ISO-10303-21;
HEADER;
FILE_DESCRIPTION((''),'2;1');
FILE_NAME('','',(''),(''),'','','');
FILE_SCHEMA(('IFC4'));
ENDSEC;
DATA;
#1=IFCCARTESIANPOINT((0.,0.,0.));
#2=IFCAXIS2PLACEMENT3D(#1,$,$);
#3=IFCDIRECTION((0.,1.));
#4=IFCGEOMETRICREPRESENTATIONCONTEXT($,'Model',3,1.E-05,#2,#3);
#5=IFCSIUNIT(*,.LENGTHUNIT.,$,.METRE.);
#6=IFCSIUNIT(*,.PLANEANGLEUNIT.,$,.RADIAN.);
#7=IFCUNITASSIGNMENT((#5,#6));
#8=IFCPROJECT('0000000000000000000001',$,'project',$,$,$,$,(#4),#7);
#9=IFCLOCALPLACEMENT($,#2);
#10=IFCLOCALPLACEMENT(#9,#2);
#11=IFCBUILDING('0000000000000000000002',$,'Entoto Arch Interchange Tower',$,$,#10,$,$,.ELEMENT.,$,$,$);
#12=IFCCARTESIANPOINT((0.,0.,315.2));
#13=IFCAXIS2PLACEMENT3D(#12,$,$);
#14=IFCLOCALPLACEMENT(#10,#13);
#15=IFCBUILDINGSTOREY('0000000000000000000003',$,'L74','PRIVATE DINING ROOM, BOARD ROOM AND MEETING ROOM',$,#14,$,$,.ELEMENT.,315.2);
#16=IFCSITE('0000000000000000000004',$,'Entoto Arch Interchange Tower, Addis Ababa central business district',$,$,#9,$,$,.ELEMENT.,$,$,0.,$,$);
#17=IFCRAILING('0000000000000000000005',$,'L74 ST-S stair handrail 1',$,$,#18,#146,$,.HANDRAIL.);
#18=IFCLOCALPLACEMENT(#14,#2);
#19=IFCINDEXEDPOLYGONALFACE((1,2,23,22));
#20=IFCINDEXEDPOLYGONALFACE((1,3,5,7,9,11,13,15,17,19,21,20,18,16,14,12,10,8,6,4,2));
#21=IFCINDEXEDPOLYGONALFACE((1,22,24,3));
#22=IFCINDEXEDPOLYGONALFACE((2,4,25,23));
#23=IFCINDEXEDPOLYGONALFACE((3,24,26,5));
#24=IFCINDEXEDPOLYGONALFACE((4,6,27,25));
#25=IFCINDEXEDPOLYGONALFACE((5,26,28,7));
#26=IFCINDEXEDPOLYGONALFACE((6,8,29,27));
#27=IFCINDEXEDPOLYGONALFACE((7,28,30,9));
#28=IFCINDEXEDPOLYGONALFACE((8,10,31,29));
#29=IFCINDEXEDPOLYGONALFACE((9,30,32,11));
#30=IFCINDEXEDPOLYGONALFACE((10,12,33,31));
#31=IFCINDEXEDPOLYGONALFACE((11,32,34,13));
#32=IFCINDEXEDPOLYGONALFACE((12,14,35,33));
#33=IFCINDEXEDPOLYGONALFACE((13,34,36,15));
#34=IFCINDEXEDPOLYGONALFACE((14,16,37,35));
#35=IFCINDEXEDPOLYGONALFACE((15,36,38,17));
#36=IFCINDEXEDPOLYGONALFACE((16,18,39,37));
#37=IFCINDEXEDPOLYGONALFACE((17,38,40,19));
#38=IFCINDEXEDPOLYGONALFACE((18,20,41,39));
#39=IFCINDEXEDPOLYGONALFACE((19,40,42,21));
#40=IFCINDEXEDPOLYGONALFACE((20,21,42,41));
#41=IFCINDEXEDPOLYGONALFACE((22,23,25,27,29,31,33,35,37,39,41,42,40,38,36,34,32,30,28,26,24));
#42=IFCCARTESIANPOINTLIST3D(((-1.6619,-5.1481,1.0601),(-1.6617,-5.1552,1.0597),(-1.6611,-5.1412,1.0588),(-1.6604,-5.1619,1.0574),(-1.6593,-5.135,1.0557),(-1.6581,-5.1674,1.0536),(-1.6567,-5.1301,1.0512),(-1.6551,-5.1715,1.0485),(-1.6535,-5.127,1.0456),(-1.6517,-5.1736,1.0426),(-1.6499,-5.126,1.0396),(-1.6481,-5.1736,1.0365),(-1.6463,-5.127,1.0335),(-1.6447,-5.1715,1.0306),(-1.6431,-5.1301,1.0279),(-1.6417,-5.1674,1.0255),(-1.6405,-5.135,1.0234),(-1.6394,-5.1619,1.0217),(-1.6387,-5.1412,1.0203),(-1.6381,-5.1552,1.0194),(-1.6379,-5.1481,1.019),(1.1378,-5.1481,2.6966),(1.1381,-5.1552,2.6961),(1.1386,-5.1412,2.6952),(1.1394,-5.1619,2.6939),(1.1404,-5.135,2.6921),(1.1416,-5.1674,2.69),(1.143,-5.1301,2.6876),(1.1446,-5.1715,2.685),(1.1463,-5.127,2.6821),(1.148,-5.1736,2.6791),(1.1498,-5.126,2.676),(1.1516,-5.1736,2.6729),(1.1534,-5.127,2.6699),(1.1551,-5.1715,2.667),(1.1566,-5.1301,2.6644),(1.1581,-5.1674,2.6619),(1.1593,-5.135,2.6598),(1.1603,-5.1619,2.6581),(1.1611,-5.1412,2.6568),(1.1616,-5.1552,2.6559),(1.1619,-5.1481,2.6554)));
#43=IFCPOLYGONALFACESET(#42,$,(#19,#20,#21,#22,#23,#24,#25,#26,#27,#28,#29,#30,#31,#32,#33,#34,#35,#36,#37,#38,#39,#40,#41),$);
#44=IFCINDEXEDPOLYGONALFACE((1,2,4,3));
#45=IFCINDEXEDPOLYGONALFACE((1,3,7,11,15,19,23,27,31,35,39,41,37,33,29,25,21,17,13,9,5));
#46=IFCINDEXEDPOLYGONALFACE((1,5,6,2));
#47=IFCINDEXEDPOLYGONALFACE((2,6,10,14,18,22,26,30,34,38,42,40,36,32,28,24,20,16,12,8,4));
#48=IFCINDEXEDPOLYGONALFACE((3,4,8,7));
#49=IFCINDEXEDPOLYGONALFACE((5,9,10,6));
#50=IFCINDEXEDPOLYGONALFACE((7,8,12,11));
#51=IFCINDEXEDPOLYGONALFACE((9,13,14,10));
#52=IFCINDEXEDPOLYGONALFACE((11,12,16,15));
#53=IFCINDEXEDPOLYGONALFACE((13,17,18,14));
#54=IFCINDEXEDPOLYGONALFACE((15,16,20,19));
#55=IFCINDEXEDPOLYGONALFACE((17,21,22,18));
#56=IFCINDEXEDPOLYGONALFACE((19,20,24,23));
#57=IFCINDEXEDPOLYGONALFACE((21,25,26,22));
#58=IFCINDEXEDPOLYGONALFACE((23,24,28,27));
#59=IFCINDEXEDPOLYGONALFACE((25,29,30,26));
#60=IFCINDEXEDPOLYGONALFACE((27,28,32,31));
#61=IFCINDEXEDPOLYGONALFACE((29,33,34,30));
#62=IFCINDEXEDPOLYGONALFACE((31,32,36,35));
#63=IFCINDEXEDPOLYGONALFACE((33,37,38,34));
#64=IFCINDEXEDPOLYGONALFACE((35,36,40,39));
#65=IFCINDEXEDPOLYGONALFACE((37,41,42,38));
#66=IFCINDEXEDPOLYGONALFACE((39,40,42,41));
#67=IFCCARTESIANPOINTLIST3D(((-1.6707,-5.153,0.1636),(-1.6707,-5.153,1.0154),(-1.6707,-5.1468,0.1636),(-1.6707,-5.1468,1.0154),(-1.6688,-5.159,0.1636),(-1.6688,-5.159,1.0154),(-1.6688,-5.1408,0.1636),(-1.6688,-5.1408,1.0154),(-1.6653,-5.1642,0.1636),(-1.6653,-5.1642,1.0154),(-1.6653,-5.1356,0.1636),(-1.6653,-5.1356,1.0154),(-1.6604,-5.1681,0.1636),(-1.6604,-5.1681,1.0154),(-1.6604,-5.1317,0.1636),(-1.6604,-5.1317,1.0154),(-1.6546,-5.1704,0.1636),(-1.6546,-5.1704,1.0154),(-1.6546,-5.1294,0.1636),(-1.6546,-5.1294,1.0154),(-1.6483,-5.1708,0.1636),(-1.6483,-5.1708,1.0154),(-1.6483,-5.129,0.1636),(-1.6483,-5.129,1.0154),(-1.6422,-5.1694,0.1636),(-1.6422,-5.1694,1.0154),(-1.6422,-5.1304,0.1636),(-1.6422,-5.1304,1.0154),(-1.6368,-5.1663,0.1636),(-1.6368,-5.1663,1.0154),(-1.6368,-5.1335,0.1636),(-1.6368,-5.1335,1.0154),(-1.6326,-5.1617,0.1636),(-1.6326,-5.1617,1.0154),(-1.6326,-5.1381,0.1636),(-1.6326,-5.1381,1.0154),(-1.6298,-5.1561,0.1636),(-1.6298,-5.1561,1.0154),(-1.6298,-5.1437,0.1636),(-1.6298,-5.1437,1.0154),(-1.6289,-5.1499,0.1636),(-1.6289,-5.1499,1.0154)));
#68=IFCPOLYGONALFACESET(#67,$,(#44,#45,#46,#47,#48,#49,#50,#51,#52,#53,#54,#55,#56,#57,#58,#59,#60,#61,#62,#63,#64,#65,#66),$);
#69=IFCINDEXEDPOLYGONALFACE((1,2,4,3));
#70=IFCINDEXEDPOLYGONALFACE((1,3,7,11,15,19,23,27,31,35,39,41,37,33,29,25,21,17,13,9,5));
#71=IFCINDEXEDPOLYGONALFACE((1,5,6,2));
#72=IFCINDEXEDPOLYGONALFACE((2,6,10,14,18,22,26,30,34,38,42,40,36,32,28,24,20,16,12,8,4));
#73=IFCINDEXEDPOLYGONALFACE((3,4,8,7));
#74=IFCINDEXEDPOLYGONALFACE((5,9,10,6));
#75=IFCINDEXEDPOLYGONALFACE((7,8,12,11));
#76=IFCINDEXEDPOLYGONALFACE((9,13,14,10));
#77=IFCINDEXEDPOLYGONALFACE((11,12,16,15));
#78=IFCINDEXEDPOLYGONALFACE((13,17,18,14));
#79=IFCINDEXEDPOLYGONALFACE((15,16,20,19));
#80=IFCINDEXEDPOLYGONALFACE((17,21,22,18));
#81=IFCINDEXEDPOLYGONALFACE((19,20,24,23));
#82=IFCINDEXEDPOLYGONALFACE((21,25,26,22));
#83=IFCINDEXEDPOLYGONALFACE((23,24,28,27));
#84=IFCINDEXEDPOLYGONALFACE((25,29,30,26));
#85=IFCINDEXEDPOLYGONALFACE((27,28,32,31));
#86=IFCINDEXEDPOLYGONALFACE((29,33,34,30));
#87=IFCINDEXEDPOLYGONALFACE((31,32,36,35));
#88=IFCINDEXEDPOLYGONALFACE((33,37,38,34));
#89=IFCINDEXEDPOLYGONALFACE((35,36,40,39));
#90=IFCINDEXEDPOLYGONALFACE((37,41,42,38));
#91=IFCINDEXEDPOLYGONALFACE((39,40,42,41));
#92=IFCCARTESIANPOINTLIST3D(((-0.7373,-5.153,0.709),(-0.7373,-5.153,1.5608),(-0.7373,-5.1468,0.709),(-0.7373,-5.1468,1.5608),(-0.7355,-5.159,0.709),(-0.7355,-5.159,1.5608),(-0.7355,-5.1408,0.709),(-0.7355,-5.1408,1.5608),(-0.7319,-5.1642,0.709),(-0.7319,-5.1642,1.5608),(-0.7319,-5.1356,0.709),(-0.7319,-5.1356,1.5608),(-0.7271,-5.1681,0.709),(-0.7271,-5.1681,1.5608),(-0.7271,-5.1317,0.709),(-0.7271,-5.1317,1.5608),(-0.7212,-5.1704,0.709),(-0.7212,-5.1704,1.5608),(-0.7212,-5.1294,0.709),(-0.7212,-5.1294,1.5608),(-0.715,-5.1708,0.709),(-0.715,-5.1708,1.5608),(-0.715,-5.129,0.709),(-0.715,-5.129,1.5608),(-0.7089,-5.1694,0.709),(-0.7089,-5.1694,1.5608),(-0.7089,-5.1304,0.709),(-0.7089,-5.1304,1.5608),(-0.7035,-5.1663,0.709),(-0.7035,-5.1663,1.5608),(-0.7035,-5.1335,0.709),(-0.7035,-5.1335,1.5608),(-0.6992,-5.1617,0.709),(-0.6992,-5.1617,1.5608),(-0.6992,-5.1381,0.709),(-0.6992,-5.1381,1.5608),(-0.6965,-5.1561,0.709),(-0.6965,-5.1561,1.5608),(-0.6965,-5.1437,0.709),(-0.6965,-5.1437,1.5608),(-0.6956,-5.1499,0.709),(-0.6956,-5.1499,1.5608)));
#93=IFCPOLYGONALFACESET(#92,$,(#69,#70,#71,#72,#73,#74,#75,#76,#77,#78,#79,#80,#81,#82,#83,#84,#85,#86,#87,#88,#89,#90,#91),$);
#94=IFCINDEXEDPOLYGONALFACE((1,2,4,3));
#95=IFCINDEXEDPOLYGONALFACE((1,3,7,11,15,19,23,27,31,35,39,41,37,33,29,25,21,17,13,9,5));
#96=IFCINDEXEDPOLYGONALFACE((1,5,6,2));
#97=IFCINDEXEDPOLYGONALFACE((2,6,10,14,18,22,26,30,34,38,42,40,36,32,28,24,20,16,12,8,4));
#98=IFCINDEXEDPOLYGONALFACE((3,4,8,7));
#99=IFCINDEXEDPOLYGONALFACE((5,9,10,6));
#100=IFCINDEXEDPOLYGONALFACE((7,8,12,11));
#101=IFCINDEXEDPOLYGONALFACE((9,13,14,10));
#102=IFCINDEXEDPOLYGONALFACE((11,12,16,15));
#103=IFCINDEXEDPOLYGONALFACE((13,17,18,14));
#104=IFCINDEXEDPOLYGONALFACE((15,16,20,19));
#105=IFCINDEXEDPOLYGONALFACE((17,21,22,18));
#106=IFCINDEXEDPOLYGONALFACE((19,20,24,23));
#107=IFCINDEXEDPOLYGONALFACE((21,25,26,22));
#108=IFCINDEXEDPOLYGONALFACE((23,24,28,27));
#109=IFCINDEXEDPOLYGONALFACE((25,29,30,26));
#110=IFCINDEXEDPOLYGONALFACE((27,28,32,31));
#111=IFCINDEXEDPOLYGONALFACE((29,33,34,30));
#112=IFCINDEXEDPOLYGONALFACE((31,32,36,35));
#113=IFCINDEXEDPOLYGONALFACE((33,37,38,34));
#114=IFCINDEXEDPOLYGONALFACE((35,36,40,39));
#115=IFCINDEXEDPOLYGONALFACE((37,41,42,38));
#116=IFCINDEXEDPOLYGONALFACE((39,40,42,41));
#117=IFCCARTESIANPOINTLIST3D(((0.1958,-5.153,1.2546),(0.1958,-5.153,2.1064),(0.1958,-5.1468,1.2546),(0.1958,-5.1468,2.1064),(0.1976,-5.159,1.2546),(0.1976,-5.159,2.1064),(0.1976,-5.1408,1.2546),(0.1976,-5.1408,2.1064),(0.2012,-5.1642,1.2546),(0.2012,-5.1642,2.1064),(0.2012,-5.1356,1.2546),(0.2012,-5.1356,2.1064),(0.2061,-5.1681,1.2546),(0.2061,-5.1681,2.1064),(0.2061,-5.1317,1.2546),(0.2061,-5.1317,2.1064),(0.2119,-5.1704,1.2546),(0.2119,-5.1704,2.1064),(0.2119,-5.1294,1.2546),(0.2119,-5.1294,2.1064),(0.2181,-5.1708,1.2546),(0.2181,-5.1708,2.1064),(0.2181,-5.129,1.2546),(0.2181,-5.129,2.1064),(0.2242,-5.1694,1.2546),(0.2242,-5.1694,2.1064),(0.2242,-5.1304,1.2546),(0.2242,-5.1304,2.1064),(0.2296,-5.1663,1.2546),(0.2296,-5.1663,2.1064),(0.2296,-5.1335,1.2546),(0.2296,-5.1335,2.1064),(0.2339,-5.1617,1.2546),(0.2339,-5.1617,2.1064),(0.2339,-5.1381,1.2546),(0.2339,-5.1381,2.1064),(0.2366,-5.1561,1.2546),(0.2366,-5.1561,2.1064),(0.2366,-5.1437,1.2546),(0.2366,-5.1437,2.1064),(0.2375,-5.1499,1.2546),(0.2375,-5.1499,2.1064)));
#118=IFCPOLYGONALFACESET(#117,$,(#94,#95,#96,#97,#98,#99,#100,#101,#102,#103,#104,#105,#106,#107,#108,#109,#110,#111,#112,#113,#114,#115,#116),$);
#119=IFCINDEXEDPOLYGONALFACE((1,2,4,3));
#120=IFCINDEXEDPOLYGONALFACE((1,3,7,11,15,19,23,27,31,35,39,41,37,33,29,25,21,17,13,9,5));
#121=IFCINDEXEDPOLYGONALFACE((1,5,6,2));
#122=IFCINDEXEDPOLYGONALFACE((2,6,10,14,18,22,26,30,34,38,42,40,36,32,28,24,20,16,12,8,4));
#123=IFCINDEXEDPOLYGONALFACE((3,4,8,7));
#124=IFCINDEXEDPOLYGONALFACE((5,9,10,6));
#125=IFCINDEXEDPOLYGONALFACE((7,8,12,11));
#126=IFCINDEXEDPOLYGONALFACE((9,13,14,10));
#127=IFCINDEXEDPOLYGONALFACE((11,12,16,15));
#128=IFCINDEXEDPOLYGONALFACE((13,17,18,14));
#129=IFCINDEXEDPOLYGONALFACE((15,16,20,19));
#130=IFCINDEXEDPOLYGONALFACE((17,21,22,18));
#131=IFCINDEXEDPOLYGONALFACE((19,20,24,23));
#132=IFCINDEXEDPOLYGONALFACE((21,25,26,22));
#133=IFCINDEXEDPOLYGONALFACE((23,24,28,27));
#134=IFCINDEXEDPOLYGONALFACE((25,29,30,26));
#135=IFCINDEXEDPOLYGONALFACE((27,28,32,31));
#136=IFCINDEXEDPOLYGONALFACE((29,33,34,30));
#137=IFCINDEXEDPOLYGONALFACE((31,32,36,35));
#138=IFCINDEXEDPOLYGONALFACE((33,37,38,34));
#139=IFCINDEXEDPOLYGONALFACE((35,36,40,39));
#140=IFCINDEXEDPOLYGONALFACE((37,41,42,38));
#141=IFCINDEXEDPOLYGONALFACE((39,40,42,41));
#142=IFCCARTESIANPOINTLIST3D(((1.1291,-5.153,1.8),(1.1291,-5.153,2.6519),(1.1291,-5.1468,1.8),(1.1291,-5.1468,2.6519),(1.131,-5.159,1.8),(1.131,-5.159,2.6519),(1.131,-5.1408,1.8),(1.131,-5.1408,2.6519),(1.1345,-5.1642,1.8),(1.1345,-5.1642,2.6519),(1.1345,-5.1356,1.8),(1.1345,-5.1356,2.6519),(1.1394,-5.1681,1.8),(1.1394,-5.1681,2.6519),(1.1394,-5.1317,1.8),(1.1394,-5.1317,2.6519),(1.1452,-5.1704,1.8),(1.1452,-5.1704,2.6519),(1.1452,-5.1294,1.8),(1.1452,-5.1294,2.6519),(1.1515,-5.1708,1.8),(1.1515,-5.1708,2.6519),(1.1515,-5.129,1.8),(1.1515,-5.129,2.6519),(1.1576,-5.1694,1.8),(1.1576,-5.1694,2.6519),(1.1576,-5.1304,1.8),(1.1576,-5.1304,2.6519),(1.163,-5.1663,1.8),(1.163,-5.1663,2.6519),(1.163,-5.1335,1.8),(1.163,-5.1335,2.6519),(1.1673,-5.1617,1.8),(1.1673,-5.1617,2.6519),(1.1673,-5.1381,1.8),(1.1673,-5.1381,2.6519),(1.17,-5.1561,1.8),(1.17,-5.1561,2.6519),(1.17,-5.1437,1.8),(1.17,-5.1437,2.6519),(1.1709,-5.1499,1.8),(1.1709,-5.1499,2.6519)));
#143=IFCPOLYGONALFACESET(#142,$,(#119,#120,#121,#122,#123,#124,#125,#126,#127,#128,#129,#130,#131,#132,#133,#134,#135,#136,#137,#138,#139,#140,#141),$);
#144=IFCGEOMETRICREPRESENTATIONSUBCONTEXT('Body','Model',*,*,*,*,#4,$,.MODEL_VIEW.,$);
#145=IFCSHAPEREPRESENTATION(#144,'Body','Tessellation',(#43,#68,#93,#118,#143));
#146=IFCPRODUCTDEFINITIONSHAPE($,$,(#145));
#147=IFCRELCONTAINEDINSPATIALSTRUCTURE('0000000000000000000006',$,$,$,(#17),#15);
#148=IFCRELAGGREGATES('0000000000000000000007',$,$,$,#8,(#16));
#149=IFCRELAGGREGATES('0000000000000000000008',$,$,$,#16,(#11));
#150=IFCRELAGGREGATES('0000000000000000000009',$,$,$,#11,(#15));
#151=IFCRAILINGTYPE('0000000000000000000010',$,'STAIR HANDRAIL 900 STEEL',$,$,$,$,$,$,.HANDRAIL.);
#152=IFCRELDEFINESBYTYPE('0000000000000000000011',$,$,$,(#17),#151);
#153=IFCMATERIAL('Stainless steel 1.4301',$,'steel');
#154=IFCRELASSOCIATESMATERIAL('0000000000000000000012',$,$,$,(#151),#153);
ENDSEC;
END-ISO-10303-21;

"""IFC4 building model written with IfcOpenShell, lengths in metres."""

from ifc_helpers import new_model, si_unit, direction, frame, origin, origin_2d, place, context, subcontext, project, spatial, circle, extrude, material, type_object, element, save


model = new_model("IFC4")

# Units and contexts
model_context = context("Model", 3, precision=1e-05, world=origin(), true_north=direction((0.0, 1.0)))
body_context = subcontext(model_context, "Body", "Model", "MODEL_VIEW")
ifc_project = project(units=[si_unit("LENGTHUNIT", "METRE"), si_unit("PLANEANGLEUNIT", "RADIAN")], contexts=[model_context])

# Site, building, storey
site_placement = place(None, origin())
site = spatial("IfcSite", under=ifc_project, at=site_placement, Name="Entoto Arch Interchange Tower, Addis Ababa central business district", CompositionType="ELEMENT", RefElevation=0.0)
building_placement = place(site_placement, origin())
building = spatial("IfcBuilding", under=site, at=building_placement, Name="Entoto Arch Interchange Tower", CompositionType="ELEMENT")
storey_placement = place(building_placement, frame((0.0, 0.0, 315.2)))
storey = spatial("IfcBuildingStorey", under=building, at=storey_placement, Name="L74", Description="PRIVATE DINING ROOM, BOARD ROOM AND MEETING ROOM", CompositionType="ELEMENT", Elevation=315.2)

# Railing
ifc_material_1 = material(Name="Stainless steel 1.4301", Category="steel")
railing_type_1 = type_object("IfcRailingType", Name="STAIR HANDRAIL 900 STEEL", PredefinedType="HANDRAIL", material=ifc_material_1)
railing_1_placement = place(storey_placement, frame((-1.6499, -5.1499, 0.1636)))
element("IfcRailing", 1, at=railing_1_placement, inside=storey, type_object=railing_type_1, Name="L74 ST-S stair handrail 1", PredefinedType="HANDRAIL", context=body_context, shape_type="SweptSolid", body=[
    extrude(circle(Radius=0.0239, at=origin_2d()), frame((0.0, 0.0, 0.876), z_axis=(0.863342, 0.0, 0.50462), x_axis=(0.0, 1.0, 0.0)), (0.0, 0.0, 1.0), 3.2429),
    extrude(circle(Radius=0.021, at=origin_2d()), origin(), (0.0, 0.0, 1.0), 0.8518),
    extrude(circle(Radius=0.021, at=origin_2d()), frame((0.9333, 0.0, 0.5454)), (0.0, 0.0, 1.0), 0.8518),
    extrude(circle(Radius=0.021, at=origin_2d()), frame((1.8665, 0.0, 1.0911)), (0.0, 0.0, 1.0), 0.8518),
    extrude(circle(Radius=0.021, at=origin_2d()), frame((2.7998, 0.0, 1.6365)), (0.0, 0.0, 1.0), 0.8518),
])

save(model, "model.ifc")
